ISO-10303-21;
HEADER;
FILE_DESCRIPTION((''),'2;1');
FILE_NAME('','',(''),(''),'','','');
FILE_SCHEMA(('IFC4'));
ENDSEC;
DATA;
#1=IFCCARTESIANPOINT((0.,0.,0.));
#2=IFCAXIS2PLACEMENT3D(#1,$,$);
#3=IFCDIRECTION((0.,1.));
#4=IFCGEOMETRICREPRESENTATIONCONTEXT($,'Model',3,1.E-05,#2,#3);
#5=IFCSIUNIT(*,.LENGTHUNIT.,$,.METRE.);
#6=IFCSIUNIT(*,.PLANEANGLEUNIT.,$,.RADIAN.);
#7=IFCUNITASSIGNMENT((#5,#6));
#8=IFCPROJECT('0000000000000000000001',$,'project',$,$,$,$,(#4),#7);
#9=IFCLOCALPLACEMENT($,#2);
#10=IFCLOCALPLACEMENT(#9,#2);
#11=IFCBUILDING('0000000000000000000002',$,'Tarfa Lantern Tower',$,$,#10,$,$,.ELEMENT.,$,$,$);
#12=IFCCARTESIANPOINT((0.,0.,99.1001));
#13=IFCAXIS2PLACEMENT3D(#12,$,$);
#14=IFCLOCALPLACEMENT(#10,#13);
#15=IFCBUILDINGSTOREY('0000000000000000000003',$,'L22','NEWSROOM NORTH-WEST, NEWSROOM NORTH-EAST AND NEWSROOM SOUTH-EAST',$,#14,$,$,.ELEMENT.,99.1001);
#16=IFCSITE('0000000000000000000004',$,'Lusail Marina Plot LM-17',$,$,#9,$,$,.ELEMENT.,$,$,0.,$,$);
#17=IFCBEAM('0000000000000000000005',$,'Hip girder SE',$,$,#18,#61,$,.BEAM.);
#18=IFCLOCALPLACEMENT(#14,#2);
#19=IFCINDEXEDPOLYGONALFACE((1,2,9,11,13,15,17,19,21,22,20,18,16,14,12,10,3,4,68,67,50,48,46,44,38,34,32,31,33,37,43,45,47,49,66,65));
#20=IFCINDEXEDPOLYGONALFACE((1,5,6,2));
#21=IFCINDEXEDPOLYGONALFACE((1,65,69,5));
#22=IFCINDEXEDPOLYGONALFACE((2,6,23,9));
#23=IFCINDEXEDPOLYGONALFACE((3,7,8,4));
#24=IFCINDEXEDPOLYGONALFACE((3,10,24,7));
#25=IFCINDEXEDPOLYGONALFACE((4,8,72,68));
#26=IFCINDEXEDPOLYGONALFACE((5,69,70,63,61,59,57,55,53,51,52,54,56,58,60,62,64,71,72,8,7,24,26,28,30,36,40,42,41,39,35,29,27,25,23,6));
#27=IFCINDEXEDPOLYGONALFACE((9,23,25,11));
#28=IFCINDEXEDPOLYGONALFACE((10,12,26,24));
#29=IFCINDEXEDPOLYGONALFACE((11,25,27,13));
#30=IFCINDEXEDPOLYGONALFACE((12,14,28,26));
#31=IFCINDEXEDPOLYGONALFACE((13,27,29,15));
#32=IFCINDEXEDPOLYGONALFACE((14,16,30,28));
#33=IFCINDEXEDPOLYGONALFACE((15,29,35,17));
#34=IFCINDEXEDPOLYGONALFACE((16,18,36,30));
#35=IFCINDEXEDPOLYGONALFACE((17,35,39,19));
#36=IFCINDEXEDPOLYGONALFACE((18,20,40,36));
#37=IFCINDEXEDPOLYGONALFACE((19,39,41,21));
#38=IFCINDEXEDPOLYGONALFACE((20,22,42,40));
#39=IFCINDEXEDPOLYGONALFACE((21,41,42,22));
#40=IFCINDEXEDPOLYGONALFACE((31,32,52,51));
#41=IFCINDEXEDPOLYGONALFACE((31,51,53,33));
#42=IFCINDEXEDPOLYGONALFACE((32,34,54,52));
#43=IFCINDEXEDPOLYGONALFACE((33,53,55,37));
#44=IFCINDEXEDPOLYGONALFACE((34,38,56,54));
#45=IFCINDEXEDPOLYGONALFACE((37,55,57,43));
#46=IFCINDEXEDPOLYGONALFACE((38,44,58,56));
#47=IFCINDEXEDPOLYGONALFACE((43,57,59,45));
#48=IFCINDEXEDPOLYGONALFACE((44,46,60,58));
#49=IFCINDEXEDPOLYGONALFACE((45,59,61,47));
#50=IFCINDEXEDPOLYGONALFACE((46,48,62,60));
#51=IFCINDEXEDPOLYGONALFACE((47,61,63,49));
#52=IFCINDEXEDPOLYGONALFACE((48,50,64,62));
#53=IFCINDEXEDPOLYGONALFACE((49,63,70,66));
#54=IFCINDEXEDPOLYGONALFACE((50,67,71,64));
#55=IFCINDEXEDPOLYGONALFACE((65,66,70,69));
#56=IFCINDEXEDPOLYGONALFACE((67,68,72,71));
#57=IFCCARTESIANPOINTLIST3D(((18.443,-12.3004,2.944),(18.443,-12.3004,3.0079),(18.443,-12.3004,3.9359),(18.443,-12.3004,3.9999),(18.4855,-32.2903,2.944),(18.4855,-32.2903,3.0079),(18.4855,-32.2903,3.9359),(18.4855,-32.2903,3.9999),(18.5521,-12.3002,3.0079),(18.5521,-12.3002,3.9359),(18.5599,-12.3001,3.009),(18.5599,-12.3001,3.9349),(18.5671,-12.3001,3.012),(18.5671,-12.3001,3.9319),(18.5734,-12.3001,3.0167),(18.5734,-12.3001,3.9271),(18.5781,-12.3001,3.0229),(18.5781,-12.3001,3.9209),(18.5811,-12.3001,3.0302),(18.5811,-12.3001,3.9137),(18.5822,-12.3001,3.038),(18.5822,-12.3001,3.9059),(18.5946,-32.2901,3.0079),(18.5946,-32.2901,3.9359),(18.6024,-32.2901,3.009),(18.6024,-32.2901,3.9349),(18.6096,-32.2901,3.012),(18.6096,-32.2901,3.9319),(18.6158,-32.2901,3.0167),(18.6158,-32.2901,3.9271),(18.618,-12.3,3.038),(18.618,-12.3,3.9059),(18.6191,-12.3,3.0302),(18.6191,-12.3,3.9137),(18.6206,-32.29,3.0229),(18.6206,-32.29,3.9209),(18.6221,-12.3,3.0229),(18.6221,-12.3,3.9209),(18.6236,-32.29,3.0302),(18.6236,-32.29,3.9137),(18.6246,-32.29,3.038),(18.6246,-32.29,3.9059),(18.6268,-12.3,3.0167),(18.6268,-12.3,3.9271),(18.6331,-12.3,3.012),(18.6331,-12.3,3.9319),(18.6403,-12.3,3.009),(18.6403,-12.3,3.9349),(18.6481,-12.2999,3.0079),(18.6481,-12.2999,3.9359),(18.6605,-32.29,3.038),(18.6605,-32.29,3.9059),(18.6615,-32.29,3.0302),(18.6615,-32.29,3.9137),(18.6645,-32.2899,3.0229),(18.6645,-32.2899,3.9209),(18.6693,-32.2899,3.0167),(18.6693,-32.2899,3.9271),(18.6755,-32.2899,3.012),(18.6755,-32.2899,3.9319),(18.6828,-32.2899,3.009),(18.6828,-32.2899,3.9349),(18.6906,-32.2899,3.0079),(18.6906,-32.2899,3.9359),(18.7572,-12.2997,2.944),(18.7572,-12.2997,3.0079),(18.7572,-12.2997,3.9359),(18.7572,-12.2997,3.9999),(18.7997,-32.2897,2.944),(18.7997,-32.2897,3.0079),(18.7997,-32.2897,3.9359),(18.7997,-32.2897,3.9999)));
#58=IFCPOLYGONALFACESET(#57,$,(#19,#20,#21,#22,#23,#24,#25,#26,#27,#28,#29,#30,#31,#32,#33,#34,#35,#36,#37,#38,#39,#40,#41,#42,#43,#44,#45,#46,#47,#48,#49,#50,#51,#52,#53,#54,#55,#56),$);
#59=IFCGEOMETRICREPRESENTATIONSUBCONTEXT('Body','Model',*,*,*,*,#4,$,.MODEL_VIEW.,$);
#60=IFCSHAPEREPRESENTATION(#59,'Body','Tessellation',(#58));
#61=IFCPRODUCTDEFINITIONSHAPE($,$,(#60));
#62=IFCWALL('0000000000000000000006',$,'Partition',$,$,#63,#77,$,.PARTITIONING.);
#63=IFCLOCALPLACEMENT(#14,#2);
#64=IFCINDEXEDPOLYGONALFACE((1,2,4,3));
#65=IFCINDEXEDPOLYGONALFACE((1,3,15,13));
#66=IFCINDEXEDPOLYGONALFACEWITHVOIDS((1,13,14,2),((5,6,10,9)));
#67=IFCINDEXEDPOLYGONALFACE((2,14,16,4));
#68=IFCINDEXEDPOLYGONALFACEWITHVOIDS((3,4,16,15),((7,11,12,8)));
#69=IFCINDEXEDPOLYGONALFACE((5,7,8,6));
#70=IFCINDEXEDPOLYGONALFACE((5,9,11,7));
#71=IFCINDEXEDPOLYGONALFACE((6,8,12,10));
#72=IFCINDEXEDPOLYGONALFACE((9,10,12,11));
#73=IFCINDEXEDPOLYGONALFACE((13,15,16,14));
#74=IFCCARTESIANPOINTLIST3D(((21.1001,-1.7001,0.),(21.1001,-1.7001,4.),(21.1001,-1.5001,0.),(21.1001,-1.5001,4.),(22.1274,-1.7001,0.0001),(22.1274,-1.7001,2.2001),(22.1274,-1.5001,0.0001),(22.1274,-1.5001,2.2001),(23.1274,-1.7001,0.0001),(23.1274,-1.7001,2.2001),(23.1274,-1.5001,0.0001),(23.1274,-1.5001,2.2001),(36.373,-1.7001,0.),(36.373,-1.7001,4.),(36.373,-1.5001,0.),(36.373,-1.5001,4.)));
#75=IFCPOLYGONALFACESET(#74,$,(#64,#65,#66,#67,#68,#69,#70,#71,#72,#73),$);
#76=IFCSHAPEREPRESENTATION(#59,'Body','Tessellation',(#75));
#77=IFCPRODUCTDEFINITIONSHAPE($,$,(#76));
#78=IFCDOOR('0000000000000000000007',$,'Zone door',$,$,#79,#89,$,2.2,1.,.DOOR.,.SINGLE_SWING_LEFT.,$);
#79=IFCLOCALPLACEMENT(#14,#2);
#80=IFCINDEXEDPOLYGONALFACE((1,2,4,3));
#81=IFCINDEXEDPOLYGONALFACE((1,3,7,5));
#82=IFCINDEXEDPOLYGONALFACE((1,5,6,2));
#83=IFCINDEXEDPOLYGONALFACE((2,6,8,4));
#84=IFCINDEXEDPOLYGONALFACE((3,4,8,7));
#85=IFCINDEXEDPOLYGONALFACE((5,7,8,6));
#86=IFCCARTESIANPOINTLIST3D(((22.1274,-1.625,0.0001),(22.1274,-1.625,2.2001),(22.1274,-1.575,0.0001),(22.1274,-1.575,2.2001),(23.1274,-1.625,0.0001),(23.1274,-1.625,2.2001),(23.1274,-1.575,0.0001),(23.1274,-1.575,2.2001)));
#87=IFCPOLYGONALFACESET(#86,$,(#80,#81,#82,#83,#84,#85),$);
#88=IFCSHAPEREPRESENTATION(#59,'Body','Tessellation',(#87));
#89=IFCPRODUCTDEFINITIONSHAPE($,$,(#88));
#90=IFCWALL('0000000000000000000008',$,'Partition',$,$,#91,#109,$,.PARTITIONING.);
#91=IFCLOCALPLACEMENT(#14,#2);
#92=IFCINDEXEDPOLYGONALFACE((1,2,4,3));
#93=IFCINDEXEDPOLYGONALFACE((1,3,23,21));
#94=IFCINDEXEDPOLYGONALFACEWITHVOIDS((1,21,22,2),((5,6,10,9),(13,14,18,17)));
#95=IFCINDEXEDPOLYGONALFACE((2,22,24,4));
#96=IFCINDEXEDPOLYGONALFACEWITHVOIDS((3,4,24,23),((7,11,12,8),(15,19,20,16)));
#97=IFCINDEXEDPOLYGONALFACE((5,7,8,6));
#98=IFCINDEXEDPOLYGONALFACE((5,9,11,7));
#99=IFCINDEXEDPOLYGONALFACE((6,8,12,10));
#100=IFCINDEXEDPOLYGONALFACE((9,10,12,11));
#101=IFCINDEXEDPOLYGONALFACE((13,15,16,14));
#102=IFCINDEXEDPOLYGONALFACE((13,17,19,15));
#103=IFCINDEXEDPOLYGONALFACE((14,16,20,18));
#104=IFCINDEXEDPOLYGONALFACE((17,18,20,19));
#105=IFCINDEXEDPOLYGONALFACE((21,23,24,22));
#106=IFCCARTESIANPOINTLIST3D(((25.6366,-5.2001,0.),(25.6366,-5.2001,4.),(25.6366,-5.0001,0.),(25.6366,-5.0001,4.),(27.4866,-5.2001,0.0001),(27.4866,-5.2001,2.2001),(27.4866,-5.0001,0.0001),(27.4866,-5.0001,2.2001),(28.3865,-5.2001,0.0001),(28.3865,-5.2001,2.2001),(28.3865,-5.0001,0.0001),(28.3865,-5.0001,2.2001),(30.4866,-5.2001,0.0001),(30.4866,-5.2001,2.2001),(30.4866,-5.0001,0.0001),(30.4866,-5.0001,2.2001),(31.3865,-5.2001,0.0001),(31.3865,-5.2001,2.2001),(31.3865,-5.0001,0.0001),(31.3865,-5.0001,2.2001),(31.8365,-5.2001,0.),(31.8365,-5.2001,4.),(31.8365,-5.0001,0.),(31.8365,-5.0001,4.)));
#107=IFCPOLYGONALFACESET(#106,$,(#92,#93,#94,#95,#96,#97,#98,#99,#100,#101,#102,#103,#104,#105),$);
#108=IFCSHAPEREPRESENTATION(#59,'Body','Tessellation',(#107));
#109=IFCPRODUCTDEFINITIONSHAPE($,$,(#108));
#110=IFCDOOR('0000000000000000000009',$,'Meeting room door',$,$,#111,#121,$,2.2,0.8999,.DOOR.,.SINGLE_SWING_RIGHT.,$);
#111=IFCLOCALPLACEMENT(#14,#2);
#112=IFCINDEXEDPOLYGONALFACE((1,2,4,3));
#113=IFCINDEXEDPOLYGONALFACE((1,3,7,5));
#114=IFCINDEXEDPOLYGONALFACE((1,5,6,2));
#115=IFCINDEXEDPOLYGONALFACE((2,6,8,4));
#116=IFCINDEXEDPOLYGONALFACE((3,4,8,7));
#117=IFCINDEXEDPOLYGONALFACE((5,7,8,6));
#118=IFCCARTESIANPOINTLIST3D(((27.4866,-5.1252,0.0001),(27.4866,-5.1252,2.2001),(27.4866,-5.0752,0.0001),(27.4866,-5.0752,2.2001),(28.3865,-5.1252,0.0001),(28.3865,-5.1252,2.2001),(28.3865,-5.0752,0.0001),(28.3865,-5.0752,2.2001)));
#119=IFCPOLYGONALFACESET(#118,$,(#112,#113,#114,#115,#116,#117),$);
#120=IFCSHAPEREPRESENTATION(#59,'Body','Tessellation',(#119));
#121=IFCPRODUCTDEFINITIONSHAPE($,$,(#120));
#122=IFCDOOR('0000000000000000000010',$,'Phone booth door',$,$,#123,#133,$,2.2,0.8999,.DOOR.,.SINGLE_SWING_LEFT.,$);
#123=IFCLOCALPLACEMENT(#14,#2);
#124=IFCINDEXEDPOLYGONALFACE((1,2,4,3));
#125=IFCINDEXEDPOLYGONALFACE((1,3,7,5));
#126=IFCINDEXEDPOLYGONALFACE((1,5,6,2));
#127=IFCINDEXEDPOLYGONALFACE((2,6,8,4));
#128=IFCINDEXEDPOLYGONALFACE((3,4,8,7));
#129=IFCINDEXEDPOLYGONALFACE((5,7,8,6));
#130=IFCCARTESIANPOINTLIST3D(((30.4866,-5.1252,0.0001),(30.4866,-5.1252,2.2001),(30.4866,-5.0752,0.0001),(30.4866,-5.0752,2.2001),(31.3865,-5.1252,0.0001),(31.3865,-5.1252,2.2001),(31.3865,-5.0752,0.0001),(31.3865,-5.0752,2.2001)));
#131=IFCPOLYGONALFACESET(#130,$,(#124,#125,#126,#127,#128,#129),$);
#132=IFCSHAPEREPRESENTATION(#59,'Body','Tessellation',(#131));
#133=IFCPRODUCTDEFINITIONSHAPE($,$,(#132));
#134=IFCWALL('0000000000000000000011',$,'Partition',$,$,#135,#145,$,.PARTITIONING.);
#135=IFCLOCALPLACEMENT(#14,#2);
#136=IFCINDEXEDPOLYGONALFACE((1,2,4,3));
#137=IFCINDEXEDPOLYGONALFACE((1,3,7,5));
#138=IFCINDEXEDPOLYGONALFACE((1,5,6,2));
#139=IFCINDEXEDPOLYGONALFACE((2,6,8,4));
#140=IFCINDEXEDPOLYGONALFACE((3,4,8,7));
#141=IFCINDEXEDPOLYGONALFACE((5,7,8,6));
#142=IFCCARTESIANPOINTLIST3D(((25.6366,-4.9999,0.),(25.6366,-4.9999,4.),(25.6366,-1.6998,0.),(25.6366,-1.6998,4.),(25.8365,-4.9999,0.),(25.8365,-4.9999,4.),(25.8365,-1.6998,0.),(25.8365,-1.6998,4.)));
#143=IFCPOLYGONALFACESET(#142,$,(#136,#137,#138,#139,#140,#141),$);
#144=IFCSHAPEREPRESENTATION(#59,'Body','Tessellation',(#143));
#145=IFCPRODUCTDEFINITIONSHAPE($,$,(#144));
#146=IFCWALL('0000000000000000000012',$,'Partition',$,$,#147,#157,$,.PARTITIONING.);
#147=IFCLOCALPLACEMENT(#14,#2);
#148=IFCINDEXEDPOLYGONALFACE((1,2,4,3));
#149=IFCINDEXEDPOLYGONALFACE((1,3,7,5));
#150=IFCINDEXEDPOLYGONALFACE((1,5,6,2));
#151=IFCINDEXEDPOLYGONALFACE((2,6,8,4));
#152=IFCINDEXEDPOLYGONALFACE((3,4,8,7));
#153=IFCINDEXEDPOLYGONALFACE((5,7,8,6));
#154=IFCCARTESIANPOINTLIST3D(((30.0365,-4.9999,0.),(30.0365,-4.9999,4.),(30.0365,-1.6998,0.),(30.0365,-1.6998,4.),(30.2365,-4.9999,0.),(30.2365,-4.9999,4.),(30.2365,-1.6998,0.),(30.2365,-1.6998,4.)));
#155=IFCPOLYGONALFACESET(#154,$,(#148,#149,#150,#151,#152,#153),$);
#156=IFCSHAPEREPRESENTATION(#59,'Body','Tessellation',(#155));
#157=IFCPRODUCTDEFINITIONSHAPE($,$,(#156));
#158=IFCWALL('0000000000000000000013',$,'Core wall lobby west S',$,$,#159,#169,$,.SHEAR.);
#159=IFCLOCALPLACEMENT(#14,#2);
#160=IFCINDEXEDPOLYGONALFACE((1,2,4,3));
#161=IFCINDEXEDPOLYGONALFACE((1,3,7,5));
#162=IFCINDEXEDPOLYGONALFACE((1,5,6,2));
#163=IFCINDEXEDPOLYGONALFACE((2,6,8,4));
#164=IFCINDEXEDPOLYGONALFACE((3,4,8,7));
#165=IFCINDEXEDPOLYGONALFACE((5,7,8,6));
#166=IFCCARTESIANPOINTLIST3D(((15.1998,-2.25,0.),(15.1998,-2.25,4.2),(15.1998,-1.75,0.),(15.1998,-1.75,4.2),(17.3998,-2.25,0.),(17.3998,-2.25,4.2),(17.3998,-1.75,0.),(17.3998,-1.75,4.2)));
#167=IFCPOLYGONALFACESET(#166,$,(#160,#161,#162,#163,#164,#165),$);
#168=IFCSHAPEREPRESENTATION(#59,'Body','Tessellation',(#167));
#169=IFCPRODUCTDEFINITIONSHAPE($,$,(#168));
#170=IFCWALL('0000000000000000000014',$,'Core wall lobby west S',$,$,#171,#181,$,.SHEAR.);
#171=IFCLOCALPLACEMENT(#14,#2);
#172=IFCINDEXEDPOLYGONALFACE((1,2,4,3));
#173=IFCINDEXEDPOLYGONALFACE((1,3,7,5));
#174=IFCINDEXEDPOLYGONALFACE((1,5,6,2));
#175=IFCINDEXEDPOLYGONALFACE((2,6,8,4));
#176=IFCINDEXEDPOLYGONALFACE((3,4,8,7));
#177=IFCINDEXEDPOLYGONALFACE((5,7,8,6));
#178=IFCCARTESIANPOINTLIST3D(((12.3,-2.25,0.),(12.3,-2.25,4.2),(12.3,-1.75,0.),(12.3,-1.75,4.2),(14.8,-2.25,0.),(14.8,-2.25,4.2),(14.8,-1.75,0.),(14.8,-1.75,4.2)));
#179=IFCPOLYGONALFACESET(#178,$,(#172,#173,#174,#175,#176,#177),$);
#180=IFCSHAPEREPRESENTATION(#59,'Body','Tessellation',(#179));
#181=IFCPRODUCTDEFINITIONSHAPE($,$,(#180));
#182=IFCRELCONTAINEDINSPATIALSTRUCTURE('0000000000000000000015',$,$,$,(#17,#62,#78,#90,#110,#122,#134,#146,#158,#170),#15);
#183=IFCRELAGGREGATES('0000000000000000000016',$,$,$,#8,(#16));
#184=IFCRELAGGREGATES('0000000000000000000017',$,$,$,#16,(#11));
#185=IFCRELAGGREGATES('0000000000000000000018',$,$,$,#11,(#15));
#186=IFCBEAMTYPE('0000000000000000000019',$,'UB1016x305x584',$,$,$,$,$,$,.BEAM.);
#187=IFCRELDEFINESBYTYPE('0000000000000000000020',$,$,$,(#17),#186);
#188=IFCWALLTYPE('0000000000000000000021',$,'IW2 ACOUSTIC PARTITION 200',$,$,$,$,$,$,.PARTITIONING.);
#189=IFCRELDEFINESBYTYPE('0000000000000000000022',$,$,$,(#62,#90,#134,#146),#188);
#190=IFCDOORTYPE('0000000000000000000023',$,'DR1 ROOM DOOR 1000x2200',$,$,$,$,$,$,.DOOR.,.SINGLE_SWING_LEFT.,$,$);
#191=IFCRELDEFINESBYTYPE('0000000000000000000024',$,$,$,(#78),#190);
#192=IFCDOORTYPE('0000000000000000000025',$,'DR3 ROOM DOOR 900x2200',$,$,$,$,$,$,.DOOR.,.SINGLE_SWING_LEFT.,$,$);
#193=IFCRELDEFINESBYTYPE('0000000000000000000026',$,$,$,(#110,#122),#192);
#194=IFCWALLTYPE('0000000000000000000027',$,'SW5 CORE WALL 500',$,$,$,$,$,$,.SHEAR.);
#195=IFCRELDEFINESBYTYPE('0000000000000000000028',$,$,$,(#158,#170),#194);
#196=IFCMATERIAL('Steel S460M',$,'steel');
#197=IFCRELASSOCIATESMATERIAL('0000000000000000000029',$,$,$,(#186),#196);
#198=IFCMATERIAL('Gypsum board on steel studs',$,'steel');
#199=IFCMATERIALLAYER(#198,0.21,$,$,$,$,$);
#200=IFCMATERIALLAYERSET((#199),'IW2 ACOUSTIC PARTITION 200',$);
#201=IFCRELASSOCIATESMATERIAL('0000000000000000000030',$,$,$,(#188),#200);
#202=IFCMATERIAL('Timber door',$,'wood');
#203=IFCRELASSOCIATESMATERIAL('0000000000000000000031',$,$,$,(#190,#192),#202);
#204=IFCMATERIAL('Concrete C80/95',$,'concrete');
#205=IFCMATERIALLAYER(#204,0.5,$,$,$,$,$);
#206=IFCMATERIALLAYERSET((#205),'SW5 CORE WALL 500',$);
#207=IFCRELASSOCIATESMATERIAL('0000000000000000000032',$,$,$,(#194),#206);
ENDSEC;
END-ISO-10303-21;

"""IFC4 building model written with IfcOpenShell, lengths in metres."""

from ifc_helpers import new_model, si_unit, direction, frame, frame_2d, origin, origin_2d, place, context, subcontext, project, spatial, rectangle, i_section, extrude, material, layer, layer_set, material_profile, profile_set, type_object, element, fill, save


model = new_model("IFC4")

# Units and contexts
model_context = context("Model", 3, precision=1e-05, world=origin(), true_north=direction((0.0, 1.0)))
body_context = subcontext(model_context, "Body", "Model", "MODEL_VIEW")
ifc_project = project(units=[si_unit("LENGTHUNIT", "METRE"), si_unit("PLANEANGLEUNIT", "RADIAN")], contexts=[model_context])

# Site, building, storey
site_placement = place(None, origin())
site = spatial("IfcSite", under=ifc_project, at=site_placement, Name="Lusail Marina Plot LM-17", CompositionType="ELEMENT", RefElevation=0.0)
building_placement = place(site_placement, origin())
building = spatial("IfcBuilding", under=site, at=building_placement, Name="Tarfa Lantern Tower", CompositionType="ELEMENT")
storey_placement = place(building_placement, frame((0.0, 0.0, 99.1001)))
storey = spatial("IfcBuildingStorey", under=building, at=storey_placement, Name="L22", Description="NEWSROOM NORTH-WEST, NEWSROOM NORTH-EAST AND NEWSROOM SOUTH-EAST", CompositionType="ELEMENT", Elevation=99.1001)

# Beam
ifc_material_1 = material(Name="Steel S460M", Category="steel")
ifc_material_profile = material_profile(ifc_material_1, i_section(OverallWidth=0.3142, OverallDepth=1.0559, WebThickness=0.0359, FlangeThickness=0.064, FilletRadius=0.03, at=origin_2d()), Name="UB1016x305x584")
ifc_profile_set = profile_set([ifc_material_profile], Name="Steel S460M")
beam_type = type_object("IfcBeamType", Name="UB1016x305x584", PredefinedType="BEAM", material=ifc_profile_set)
beam_placement = place(storey_placement, frame((18.6001, -12.3, 3.4719), z_axis=(0.002125, -0.999998, 0.0), x_axis=(0.999998, 0.002125, 0.0)))
element("IfcBeam", 1, at=beam_placement, inside=storey, type_object=beam_type, Name="Hip girder SE", PredefinedType="BEAM", context=body_context, shape_type="SweptSolid", body=[
    extrude(i_section(OverallWidth=0.3142, OverallDepth=1.0559, WebThickness=0.0359, FlangeThickness=0.064, FilletRadius=0.03, at=origin_2d()), origin(), (0.0, 0.0, 1.0), 19.99),
])

# Wall, opening, door
ifc_material_2 = material(Name="Gypsum board on steel studs", Category="steel")
ifc_layer_1 = layer(ifc_material_2, 0.21)
ifc_layer_set_1 = layer_set([ifc_layer_1], Name="IW2 ACOUSTIC PARTITION 200")
wall_type_1 = type_object("IfcWallType", Name="IW2 ACOUSTIC PARTITION 200", PredefinedType="PARTITIONING", material=ifc_layer_set_1)
wall_1_placement = place(storey_placement, frame((21.1001, -1.6001, 0.0), z_axis=(0.0, 0.0, 1.0), x_axis=(1.0, 0.0, 0.0)))
wall_1 = element("IfcWall", 2, at=wall_1_placement, inside=storey, type_object=wall_type_1, Name="Partition", PredefinedType="PARTITIONING", context=body_context, shape_type="SweptSolid", body=[
    extrude(rectangle(XDim=15.2729, YDim=0.2, at=frame_2d((7.6365, 0.0))), origin(), (0.0, 0.0, 1.0), 4.0),
])
opening_1_placement = place(wall_1_placement, frame((1.0273, 0.0, 0.0)))
opening_1 = element("IfcOpeningElement", 3, at=opening_1_placement, cuts=wall_1, PredefinedType="OPENING", context=body_context, shape_type="SweptSolid", body=[
    extrude(rectangle(XDim=1.0, YDim=2.2, at=frame_2d((0.5, 1.1001))), frame((0.0, 0.1099, 0.0), z_axis=(0.0, -1.0, 0.0), x_axis=(1.0, 0.0, 0.0)), (0.0, 0.0, 1.0), 0.22),
])
ifc_material_3 = material(Name="Timber door", Category="wood")
door_type_1 = type_object("IfcDoorType", Name="DR1 ROOM DOOR 1000x2200", OperationType="SINGLE_SWING_LEFT", PredefinedType="DOOR", material=ifc_material_3)
door_1_placement = place(opening_1_placement, frame((1.0, 0.0, 0.0), z_axis=(0.0, 0.0, 1.0), x_axis=(-1.0, 0.0, 0.0)))
door_1 = element("IfcDoor", 4, at=door_1_placement, inside=storey, type_object=door_type_1, Name="Zone door", OperationType="SINGLE_SWING_LEFT", OverallHeight=2.2, OverallWidth=1.0, PredefinedType="DOOR", context=body_context, shape_type="SweptSolid", body=[
    extrude(rectangle(XDim=1.0, YDim=2.2, at=frame_2d((0.5, 1.1001))), frame((0.0, 0.0249, 0.0), z_axis=(0.0, -1.0, 0.0), x_axis=(1.0, 0.0, 0.0)), (0.0, 0.0, 1.0), 0.05),
])
fill(opening_1, door_1)

# Wall, openings, doors
wall_2_placement = place(storey_placement, frame((25.6365, -5.1001, 0.0), z_axis=(0.0, 0.0, 1.0), x_axis=(1.0, 0.0, 0.0)))
wall_2 = element("IfcWall", 5, at=wall_2_placement, inside=storey, type_object=wall_type_1, Name="Partition", PredefinedType="PARTITIONING", context=body_context, shape_type="SweptSolid", body=[
    extrude(rectangle(XDim=6.2, YDim=0.2, at=frame_2d((3.1001, 0.0))), origin(), (0.0, 0.0, 1.0), 4.0),
])
opening_2_placement = place(wall_2_placement, frame((1.8501, 0.0, 0.0)))
opening_2 = element("IfcOpeningElement", 6, at=opening_2_placement, cuts=wall_2, PredefinedType="OPENING", context=body_context, shape_type="SweptSolid", body=[
    extrude(rectangle(XDim=0.8999, YDim=2.2, at=frame_2d((0.45, 1.1001))), frame((0.0, 0.1099, 0.0), z_axis=(0.0, -1.0, 0.0), x_axis=(1.0, 0.0, 0.0)), (0.0, 0.0, 1.0), 0.22),
])
opening_3_placement = place(wall_2_placement, frame((4.8501, 0.0, 0.0)))
opening_3 = element("IfcOpeningElement", 7, at=opening_3_placement, cuts=wall_2, PredefinedType="OPENING", context=body_context, shape_type="SweptSolid", body=[
    extrude(rectangle(XDim=0.8999, YDim=2.2, at=frame_2d((0.45, 1.1001))), frame((0.0, 0.1099, 0.0), z_axis=(0.0, -1.0, 0.0), x_axis=(1.0, 0.0, 0.0)), (0.0, 0.0, 1.0), 0.22),
])
door_type_2 = type_object("IfcDoorType", Name="DR3 ROOM DOOR 900x2200", OperationType="SINGLE_SWING_LEFT", PredefinedType="DOOR", material=ifc_material_3)
door_2_placement = place(opening_2_placement, origin())
door_2 = element("IfcDoor", 8, at=door_2_placement, inside=storey, type_object=door_type_2, Name="Meeting room door", OperationType="SINGLE_SWING_RIGHT", OverallHeight=2.2, OverallWidth=0.8999, PredefinedType="DOOR", context=body_context, shape_type="SweptSolid", body=[
    extrude(rectangle(XDim=0.8999, YDim=2.2, at=frame_2d((0.45, 1.1001))), frame((0.0, 0.0249, 0.0), z_axis=(0.0, -1.0, 0.0), x_axis=(1.0, 0.0, 0.0)), (0.0, 0.0, 1.0), 0.05),
])
fill(opening_2, door_2)
door_3_placement = place(opening_3_placement, origin())
door_3 = element("IfcDoor", 9, at=door_3_placement, inside=storey, type_object=door_type_2, Name="Phone booth door", OperationType="SINGLE_SWING_LEFT", OverallHeight=2.2, OverallWidth=0.8999, PredefinedType="DOOR", context=body_context, shape_type="SweptSolid", body=[
    extrude(rectangle(XDim=0.8999, YDim=2.2, at=frame_2d((0.45, 1.1001))), frame((0.0, 0.0249, 0.0), z_axis=(0.0, -1.0, 0.0), x_axis=(1.0, 0.0, 0.0)), (0.0, 0.0, 1.0), 0.05),
])
fill(opening_3, door_3)

# Walls
for number, where, z_axis, x_axis, name in (
    (10, (25.7366, -1.7, 0.0), (0.0, 0.0, 1.0), (0.0, -1.0, 0.0), "Partition"),
    (11, (30.1365, -1.7, 0.0), (0.0, 0.0, 1.0), (0.0, -1.0, 0.0), "Partition"),
):
    element("IfcWall", number, at=place(storey_placement, frame(where, z_axis=z_axis, x_axis=x_axis)), inside=storey, type_object=wall_type_1, Name=name, PredefinedType="PARTITIONING", context=body_context, shape_type="SweptSolid", body=[
        extrude(rectangle(XDim=3.3, YDim=0.2, at=frame_2d((1.6499, 0.0))), origin(), (0.0, 0.0, 1.0), 4.0),
    ])

# Shared definitions
ifc_material_4 = material(Name="Concrete C80/95", Category="concrete")

# Walls
ifc_layer_2 = layer(ifc_material_4, 0.5)
ifc_layer_set_2 = layer_set([ifc_layer_2], Name="SW5 CORE WALL 500")
wall_type_2 = type_object("IfcWallType", Name="SW5 CORE WALL 500", PredefinedType="SHEAR", material=ifc_layer_set_2)
wall_3_placement = place(storey_placement, frame((17.3999, -2.0, 0.0), z_axis=(0.0, 0.0, 1.0), x_axis=(-1.0, 0.0, 0.0)))
element("IfcWall", 12, at=wall_3_placement, inside=storey, type_object=wall_type_2, Name="Core wall lobby west S", PredefinedType="SHEAR", context=body_context, shape_type="SweptSolid", body=[
    extrude(rectangle(XDim=2.2, YDim=0.5, at=frame_2d((1.1001, 0.0))), origin(), (0.0, 0.0, 1.0), 4.2),
])
wall_4_placement = place(storey_placement, frame((14.8, -2.0, 0.0), z_axis=(0.0, 0.0, 1.0), x_axis=(-1.0, 0.0, 0.0)))
element("IfcWall", 13, at=wall_4_placement, inside=storey, type_object=wall_type_2, Name="Core wall lobby west S", PredefinedType="SHEAR", context=body_context, shape_type="SweptSolid", body=[
    extrude(rectangle(XDim=2.5, YDim=0.5, at=frame_2d((1.25, 0.0))), origin(), (0.0, 0.0, 1.0), 4.2),
])

save(model, "model.ifc")
